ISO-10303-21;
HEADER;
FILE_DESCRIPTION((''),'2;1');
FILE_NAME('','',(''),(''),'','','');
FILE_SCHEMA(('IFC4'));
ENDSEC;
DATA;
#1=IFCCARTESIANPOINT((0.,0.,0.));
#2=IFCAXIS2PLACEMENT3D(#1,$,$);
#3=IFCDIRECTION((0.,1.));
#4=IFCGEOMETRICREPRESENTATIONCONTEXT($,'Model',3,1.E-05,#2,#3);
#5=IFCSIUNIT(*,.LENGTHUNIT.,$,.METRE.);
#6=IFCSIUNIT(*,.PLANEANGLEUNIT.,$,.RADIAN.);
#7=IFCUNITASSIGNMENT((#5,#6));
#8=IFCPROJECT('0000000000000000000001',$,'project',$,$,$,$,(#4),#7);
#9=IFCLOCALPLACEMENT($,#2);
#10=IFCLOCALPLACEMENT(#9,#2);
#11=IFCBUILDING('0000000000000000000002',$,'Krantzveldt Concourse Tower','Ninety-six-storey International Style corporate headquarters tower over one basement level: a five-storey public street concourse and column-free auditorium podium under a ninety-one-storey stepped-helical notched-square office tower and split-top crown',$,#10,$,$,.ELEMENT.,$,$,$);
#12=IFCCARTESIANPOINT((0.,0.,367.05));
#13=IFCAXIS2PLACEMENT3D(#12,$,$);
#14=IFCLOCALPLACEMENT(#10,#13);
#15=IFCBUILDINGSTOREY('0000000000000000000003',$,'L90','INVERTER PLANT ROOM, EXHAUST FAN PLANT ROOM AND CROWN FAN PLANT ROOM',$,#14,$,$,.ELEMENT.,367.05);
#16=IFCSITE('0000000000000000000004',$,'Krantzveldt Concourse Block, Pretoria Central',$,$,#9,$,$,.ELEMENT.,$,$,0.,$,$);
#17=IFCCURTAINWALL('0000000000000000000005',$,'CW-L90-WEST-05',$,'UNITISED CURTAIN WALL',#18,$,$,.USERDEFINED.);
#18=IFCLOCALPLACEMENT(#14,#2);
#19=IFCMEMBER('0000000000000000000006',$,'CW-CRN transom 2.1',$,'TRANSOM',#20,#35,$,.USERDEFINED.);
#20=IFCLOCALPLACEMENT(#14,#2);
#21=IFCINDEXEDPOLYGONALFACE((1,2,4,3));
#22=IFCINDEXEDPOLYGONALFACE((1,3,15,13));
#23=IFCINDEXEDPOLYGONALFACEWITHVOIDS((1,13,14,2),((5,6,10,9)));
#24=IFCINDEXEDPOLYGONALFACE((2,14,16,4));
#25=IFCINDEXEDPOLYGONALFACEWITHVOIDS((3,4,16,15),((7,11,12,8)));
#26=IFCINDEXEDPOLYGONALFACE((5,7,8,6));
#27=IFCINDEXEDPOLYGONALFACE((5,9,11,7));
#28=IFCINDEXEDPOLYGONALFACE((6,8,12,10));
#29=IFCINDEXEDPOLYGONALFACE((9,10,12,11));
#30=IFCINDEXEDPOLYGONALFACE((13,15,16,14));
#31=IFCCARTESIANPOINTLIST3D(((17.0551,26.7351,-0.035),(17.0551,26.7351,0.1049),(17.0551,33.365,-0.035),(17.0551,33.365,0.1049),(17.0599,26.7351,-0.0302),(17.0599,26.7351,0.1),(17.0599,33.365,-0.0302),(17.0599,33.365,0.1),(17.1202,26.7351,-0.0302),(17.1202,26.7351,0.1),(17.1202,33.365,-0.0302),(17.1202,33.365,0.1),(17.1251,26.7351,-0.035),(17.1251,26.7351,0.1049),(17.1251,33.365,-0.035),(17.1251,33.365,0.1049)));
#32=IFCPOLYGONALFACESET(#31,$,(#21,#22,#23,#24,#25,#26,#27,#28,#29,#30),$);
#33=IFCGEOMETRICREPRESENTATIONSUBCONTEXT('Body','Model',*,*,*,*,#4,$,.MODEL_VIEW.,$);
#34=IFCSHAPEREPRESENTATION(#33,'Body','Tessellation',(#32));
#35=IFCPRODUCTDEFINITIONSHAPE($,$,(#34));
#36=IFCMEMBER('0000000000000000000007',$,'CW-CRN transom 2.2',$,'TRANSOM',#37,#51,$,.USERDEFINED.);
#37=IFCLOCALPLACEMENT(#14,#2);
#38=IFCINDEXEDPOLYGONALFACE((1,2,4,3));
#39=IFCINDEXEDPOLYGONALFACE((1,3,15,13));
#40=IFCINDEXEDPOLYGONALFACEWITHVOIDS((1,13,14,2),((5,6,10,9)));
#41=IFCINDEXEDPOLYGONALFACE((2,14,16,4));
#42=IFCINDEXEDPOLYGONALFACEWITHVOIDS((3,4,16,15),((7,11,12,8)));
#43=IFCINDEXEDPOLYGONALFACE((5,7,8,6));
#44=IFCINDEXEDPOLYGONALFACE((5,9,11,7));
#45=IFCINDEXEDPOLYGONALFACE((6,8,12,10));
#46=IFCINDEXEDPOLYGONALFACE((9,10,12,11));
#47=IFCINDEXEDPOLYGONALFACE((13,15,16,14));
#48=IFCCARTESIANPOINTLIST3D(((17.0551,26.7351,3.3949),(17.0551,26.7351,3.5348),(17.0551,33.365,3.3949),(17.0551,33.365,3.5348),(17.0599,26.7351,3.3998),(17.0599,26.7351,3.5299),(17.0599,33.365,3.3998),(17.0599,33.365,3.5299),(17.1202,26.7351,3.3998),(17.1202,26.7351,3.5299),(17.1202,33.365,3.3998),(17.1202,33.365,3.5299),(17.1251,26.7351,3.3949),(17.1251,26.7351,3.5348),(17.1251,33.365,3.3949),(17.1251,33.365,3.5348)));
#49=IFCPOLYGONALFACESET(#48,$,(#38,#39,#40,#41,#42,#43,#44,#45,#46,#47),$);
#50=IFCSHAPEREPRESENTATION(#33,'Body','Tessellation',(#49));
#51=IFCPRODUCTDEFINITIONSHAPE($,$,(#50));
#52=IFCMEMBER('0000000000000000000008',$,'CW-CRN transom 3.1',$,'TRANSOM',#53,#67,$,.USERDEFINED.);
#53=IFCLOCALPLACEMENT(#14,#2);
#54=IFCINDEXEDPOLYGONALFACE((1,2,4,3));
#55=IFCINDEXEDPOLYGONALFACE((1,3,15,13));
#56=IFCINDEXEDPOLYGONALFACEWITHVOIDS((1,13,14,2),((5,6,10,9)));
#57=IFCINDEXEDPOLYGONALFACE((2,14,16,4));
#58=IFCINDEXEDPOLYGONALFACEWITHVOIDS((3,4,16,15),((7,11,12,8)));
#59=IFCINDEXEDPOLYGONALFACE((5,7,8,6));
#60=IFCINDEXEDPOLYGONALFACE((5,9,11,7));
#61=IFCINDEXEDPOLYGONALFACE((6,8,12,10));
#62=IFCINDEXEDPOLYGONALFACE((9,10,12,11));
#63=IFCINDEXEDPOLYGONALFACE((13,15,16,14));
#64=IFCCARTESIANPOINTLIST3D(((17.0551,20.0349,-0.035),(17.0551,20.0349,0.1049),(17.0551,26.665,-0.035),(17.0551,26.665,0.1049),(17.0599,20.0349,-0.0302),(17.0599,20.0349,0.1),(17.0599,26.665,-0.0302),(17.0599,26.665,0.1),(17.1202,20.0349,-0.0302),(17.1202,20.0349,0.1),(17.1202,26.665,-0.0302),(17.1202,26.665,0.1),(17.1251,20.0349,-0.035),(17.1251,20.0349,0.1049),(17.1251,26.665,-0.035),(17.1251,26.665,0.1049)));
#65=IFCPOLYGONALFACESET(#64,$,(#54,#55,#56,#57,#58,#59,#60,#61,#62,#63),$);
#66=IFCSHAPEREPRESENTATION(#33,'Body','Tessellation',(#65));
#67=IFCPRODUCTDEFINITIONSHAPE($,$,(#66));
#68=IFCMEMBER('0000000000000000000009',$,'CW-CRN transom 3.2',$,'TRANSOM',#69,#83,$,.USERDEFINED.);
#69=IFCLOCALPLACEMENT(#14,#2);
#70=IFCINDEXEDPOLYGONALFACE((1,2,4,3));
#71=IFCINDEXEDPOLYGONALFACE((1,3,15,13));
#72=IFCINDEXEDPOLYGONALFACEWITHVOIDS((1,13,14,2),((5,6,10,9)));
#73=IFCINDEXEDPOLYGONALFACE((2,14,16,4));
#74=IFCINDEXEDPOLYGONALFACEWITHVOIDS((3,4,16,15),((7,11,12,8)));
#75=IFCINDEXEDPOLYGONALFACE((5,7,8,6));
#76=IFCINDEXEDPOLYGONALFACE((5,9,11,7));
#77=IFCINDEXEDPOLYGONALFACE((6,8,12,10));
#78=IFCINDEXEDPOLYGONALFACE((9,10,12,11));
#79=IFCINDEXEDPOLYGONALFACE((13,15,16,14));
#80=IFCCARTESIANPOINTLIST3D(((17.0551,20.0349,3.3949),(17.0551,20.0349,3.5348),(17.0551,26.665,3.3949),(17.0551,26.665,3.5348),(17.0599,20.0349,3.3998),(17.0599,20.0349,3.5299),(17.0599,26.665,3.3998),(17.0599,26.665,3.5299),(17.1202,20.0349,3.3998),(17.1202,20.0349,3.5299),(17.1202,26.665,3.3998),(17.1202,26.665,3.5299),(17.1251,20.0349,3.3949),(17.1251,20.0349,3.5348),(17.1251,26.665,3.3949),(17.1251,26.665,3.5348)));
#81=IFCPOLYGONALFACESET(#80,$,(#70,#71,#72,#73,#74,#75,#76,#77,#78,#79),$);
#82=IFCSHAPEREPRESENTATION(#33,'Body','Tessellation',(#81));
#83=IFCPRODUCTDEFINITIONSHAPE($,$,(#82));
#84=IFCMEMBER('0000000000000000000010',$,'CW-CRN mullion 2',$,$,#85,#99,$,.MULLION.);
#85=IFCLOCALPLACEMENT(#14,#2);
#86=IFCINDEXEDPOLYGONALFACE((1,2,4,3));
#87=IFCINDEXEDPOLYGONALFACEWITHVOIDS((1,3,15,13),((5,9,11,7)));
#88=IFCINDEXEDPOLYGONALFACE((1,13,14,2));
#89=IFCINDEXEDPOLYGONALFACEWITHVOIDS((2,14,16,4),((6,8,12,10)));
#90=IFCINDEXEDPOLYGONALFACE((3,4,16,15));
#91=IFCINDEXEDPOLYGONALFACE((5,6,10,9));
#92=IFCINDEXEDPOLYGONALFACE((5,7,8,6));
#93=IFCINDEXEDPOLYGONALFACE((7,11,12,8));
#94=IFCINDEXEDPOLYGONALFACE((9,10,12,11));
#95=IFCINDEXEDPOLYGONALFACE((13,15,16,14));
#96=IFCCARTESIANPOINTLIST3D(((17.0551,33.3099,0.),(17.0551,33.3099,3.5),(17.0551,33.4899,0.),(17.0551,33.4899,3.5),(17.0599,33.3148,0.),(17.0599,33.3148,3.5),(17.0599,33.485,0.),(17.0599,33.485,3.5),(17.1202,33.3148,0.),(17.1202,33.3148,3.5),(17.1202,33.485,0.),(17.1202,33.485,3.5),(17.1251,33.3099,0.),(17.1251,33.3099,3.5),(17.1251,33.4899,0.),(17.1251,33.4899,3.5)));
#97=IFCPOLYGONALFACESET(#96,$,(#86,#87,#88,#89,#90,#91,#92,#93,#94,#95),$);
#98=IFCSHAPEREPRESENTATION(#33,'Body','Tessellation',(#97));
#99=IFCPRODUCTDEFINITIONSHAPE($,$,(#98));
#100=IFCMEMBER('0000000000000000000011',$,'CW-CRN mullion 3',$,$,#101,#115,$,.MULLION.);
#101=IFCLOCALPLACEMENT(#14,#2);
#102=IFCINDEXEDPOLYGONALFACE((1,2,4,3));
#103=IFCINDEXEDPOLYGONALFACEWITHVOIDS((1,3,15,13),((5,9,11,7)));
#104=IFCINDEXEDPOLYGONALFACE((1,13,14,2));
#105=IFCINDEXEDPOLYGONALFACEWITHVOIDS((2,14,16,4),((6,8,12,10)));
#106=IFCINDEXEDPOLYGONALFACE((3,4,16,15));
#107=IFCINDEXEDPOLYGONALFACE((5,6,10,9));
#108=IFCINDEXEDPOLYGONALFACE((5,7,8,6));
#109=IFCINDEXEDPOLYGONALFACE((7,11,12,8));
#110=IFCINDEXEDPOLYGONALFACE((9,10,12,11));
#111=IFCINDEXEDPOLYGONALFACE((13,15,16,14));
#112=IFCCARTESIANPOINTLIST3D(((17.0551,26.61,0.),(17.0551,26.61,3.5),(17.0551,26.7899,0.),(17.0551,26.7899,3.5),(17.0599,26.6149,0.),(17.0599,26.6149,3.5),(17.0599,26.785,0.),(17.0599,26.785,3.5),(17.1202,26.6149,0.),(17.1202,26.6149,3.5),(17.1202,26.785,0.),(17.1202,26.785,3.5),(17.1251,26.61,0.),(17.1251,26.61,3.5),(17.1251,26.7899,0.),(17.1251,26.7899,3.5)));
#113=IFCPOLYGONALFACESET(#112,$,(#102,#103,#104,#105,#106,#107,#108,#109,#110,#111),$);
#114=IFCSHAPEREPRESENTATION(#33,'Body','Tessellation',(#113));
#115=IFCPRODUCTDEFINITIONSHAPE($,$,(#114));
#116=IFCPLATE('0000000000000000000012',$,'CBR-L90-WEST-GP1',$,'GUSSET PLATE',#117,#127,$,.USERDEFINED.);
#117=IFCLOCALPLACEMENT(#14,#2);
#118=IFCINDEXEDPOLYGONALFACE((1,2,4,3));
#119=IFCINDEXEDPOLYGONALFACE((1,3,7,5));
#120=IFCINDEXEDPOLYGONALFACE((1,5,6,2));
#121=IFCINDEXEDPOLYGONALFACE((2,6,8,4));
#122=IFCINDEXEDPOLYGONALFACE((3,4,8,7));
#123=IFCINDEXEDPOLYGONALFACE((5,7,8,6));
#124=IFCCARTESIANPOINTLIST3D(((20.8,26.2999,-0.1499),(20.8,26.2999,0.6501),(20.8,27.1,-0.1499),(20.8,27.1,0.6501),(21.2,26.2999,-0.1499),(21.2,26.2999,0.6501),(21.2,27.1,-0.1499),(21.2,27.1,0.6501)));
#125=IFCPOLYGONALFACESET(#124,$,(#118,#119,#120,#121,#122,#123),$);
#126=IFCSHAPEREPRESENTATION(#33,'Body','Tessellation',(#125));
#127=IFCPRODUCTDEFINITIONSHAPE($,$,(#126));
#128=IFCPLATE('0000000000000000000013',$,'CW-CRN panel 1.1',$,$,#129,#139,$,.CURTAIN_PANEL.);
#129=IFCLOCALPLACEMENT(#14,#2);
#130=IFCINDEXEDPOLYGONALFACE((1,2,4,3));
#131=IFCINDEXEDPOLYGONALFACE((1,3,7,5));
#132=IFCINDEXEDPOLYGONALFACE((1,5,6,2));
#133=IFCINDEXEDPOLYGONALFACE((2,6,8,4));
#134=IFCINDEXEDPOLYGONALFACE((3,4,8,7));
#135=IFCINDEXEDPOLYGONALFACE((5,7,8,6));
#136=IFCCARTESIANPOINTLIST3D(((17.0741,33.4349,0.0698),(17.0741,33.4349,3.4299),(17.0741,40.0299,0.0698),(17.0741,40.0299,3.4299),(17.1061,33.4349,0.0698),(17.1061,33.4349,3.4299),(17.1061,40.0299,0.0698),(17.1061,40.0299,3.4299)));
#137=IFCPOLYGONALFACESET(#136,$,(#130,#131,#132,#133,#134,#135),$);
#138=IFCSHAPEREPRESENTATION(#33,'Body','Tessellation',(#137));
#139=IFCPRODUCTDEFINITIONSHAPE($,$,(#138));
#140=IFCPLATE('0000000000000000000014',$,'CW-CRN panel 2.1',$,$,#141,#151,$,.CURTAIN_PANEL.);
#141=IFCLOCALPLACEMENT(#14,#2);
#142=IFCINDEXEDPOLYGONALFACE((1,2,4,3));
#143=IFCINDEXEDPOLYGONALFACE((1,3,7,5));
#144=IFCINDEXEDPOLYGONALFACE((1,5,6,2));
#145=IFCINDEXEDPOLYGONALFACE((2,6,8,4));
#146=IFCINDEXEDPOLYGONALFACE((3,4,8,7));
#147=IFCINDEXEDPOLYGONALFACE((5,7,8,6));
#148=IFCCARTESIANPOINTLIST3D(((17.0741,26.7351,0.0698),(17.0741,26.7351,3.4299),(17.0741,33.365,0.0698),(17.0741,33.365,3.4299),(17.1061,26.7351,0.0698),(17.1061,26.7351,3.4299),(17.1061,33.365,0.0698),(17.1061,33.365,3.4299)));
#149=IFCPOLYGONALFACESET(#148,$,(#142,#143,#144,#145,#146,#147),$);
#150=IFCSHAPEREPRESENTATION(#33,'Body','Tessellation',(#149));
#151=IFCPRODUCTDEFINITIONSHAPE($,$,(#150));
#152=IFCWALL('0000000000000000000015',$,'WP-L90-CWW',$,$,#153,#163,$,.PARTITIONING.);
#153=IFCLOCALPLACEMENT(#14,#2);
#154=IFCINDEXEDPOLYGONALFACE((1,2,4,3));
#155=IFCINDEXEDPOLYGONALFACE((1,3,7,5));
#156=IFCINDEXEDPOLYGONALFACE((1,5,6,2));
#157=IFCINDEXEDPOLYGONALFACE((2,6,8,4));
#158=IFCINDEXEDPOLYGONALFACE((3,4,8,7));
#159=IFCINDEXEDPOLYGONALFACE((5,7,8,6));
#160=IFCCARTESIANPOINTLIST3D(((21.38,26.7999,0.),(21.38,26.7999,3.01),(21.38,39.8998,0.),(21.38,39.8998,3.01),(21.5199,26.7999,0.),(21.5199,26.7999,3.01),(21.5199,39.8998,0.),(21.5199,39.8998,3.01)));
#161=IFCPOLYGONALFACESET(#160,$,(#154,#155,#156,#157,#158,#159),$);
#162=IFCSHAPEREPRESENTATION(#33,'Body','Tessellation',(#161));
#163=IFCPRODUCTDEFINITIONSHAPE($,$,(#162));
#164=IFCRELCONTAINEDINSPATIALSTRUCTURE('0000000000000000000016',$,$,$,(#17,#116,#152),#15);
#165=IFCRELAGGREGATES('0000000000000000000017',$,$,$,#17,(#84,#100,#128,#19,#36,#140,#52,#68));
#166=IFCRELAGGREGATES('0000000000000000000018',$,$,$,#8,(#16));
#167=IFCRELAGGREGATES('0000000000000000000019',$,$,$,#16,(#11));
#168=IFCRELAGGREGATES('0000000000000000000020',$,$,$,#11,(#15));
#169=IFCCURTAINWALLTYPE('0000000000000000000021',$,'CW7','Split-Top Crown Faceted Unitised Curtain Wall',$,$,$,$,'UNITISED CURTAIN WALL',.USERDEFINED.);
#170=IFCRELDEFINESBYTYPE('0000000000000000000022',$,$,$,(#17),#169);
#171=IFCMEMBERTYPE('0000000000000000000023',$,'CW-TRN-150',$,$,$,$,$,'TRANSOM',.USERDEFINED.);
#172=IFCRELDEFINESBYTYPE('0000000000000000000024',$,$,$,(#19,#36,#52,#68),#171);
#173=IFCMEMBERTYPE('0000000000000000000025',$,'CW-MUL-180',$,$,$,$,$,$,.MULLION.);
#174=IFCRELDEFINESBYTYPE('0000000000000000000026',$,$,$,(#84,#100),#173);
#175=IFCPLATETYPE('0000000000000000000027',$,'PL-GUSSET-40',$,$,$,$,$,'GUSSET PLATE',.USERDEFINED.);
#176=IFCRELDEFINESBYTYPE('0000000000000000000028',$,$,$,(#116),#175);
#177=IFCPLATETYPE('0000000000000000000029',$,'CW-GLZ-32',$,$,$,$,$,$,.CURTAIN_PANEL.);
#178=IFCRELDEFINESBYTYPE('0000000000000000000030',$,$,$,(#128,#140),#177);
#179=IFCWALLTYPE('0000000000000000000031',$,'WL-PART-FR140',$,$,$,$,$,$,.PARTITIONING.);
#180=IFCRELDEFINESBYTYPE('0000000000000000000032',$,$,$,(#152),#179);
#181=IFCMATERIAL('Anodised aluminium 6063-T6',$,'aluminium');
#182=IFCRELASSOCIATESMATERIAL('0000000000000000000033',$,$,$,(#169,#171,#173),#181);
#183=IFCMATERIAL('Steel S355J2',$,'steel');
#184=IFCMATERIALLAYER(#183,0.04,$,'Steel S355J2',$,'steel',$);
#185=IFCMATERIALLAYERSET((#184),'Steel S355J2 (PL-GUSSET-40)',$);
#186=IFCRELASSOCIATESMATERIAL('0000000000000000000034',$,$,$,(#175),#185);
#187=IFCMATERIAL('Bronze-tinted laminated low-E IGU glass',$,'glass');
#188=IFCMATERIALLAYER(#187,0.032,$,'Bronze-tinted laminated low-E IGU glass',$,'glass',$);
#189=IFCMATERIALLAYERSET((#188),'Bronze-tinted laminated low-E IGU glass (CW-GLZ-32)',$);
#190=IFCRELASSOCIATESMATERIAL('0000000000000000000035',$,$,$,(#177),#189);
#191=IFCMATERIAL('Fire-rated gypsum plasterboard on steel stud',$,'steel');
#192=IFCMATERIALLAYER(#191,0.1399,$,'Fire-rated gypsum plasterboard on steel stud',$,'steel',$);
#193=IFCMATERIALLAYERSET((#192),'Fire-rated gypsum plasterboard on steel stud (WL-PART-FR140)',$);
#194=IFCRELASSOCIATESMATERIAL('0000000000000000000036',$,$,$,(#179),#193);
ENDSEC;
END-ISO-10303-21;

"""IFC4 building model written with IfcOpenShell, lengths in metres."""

from ifc_helpers import new_model, si_unit, direction, frame, frame_2d, origin, origin_2d, place, context, subcontext, project, spatial, rectangle, hollow_rectangle, extrude, source, transform, mapped, material, layer, layer_set, material_profile, profile_set, type_object, type_shapes, element, aggregate, save


model = new_model("IFC4")

# Units and contexts
model_context = context("Model", 3, precision=1e-05, world=origin(), true_north=direction((0.0, 1.0)))
body_context = subcontext(model_context, "Body", "Model", "MODEL_VIEW")
ifc_project = project(units=[si_unit("LENGTHUNIT", "METRE"), si_unit("PLANEANGLEUNIT", "RADIAN")], contexts=[model_context])

# Site, building, storey
site_placement = place(None, origin())
site = spatial("IfcSite", under=ifc_project, at=site_placement, Name="Krantzveldt Concourse Block, Pretoria Central", CompositionType="ELEMENT", RefElevation=0.0)
building_placement = place(site_placement, origin())
building = spatial("IfcBuilding", under=site, at=building_placement, Name="Krantzveldt Concourse Tower", Description="Ninety-six-storey International Style corporate headquarters tower over one basement level: a five-storey public street concourse and column-free auditorium podium under a ninety-one-storey stepped-helical notched-square office tower and split-top crown", CompositionType="ELEMENT")
storey_placement = place(building_placement, frame((0.0, 0.0, 367.05)))
storey = spatial("IfcBuildingStorey", under=building, at=storey_placement, Name="L90", Description="INVERTER PLANT ROOM, EXHAUST FAN PLANT ROOM AND CROWN FAN PLANT ROOM", CompositionType="ELEMENT", Elevation=367.05)

# Shared definitions
ifc_material_1 = material(Name="Steel S355J2", Category="steel")

# Curtain wall, members
ifc_material_2 = material(Name="Anodised aluminium 6063-T6", Category="aluminium")
curtain_wall_type = type_object("IfcCurtainWallType", Name="CW7", Description="Split-Top Crown Faceted Unitised Curtain Wall", ElementType="UNITISED CURTAIN WALL", PredefinedType="USERDEFINED", material=ifc_material_2)
curtain_wall_placement = place(storey_placement, origin())
curtain_wall = element("IfcCurtainWall", 1, at=curtain_wall_placement, inside=storey, type_object=curtain_wall_type, Name="CW-L90-WEST-05", ObjectType="UNITISED CURTAIN WALL", PredefinedType="USERDEFINED")
ifc_material_profile_1 = material_profile(ifc_material_2, hollow_rectangle(XDim=0.0701, YDim=0.1399, WallThickness=0.0049, at=origin_2d()), Name="Anodised aluminium 6063-T6", Category="aluminium")
ifc_profile_set_1 = profile_set([ifc_material_profile_1], Name="Anodised aluminium 6063-T6 - ALU-TRAN 140x70x5")
member_type_1 = type_object("IfcMemberType", Name="CW-TRN-150", ElementType="TRANSOM", PredefinedType="USERDEFINED", material=ifc_profile_set_1)
shared_shape_1 = source(origin(), body_context, "Body", "SweptSolid", [
    extrude(hollow_rectangle(XDim=0.0701, YDim=0.1399, WallThickness=0.0049, at=origin_2d()), origin(), (0.0, 0.0, 1.0), 6.6299),
])
member_1_placement = place(storey_placement, frame((17.0901, 33.365, 0.0349), z_axis=(0.0, -1.0, 0.0), x_axis=(1.0, 0.0, 0.0)))
member_1 = element("IfcMember", 2, at=member_1_placement, type_object=member_type_1, Name="CW-CRN transom 2.1", ObjectType="TRANSOM", PredefinedType="USERDEFINED", context=body_context, shape_type="MappedRepresentation", body=[
    mapped(shared_shape_1, transform((0.0, 0.0, 0.0), x_axis=(1.0, 0.0, 0.0), y_axis=(0.0, 1.0, 0.0), z_axis=(0.0, 0.0, 1.0), scale=1.0)),
])
member_2_placement = place(storey_placement, frame((17.0901, 33.365, 3.4648), z_axis=(0.0, -1.0, 0.0), x_axis=(1.0, 0.0, 0.0)))
member_2 = element("IfcMember", 3, at=member_2_placement, type_object=member_type_1, Name="CW-CRN transom 2.2", ObjectType="TRANSOM", PredefinedType="USERDEFINED", context=body_context, shape_type="MappedRepresentation", body=[
    mapped(shared_shape_1, transform((0.0, 0.0, 0.0), x_axis=(1.0, 0.0, 0.0), y_axis=(0.0, 1.0, 0.0), z_axis=(0.0, 0.0, 1.0), scale=1.0)),
])
shared_shape_2 = source(origin(), body_context, "Body", "SweptSolid", [
    extrude(hollow_rectangle(XDim=0.0701, YDim=0.1399, WallThickness=0.0049, at=origin_2d()), origin(), (0.0, 0.0, 1.0), 6.6301),
])
type_shapes(member_type_1, [shared_shape_1, shared_shape_2])
member_3_placement = place(storey_placement, frame((17.0901, 26.665, 0.0349), z_axis=(0.0, -1.0, 0.0), x_axis=(1.0, 0.0, 0.0)))
member_3 = element("IfcMember", 4, at=member_3_placement, type_object=member_type_1, Name="CW-CRN transom 3.1", ObjectType="TRANSOM", PredefinedType="USERDEFINED", context=body_context, shape_type="MappedRepresentation", body=[
    mapped(shared_shape_2, transform((0.0, 0.0, 0.0), x_axis=(1.0, 0.0, 0.0), y_axis=(0.0, 1.0, 0.0), z_axis=(0.0, 0.0, 1.0), scale=1.0)),
])
member_4_placement = place(storey_placement, frame((17.0901, 26.665, 3.4648), z_axis=(0.0, -1.0, 0.0), x_axis=(1.0, 0.0, 0.0)))
member_4 = element("IfcMember", 5, at=member_4_placement, type_object=member_type_1, Name="CW-CRN transom 3.2", ObjectType="TRANSOM", PredefinedType="USERDEFINED", context=body_context, shape_type="MappedRepresentation", body=[
    mapped(shared_shape_2, transform((0.0, 0.0, 0.0), x_axis=(1.0, 0.0, 0.0), y_axis=(0.0, 1.0, 0.0), z_axis=(0.0, 0.0, 1.0), scale=1.0)),
])
ifc_material_profile_2 = material_profile(ifc_material_2, hollow_rectangle(XDim=0.0701, YDim=0.1799, WallThickness=0.0049, at=origin_2d()), Name="Anodised aluminium 6063-T6", Category="aluminium")
ifc_profile_set_2 = profile_set([ifc_material_profile_2], Name="Anodised aluminium 6063-T6 - ALU-MULL 180x70x5")
member_type_2 = type_object("IfcMemberType", Name="CW-MUL-180", PredefinedType="MULLION", material=ifc_profile_set_2)
shared_shape_3 = source(origin(), body_context, "Body", "SweptSolid", [
    extrude(hollow_rectangle(XDim=0.0701, YDim=0.1799, WallThickness=0.0049, at=origin_2d()), origin(), (0.0, 0.0, 1.0), 3.5),
])
type_shapes(member_type_2, [shared_shape_3])
member_5_placement = place(storey_placement, frame((17.0901, 33.3999, 0.0), z_axis=(0.0, 0.0, 1.0), x_axis=(1.0, 0.0, 0.0)))
member_5 = element("IfcMember", 6, at=member_5_placement, type_object=member_type_2, Name="CW-CRN mullion 2", PredefinedType="MULLION", context=body_context, shape_type="MappedRepresentation", body=[
    mapped(shared_shape_3, transform((0.0, 0.0, 0.0), x_axis=(1.0, 0.0, 0.0), y_axis=(0.0, 1.0, 0.0), z_axis=(0.0, 0.0, 1.0), scale=1.0)),
])
member_6_placement = place(storey_placement, frame((17.0901, 26.7, 0.0), z_axis=(0.0, 0.0, 1.0), x_axis=(1.0, 0.0, 0.0)))
member_6 = element("IfcMember", 7, at=member_6_placement, type_object=member_type_2, Name="CW-CRN mullion 3", PredefinedType="MULLION", context=body_context, shape_type="MappedRepresentation", body=[
    mapped(shared_shape_3, transform((0.0, 0.0, 0.0), x_axis=(1.0, 0.0, 0.0), y_axis=(0.0, 1.0, 0.0), z_axis=(0.0, 0.0, 1.0), scale=1.0)),
])

# Plates
ifc_layer_1 = layer(ifc_material_1, 0.04, Name="Steel S355J2", Category="steel")
ifc_layer_set_1 = layer_set([ifc_layer_1], Name="Steel S355J2 (PL-GUSSET-40)")
plate_type_1 = type_object("IfcPlateType", Name="PL-GUSSET-40", ElementType="GUSSET PLATE", PredefinedType="USERDEFINED", material=ifc_layer_set_1)
shared_shape_4 = source(origin(), body_context, "Body", "SweptSolid", [
    extrude(rectangle(XDim=0.3999, YDim=0.8, at=origin_2d()), origin(), (0.0, 0.0, 1.0), 0.8),
])
type_shapes(plate_type_1, [shared_shape_4])
plate_1_placement = place(storey_placement, frame((21.0, 26.7, -0.1499), z_axis=(0.0, 0.0, 1.0), x_axis=(1.0, 0.0, 0.0)))
element("IfcPlate", 8, at=plate_1_placement, inside=storey, type_object=plate_type_1, Name="CBR-L90-WEST-GP1", ObjectType="GUSSET PLATE", PredefinedType="USERDEFINED", context=body_context, shape_type="MappedRepresentation", body=[
    mapped(shared_shape_4, transform((0.0, 0.0, 0.0), x_axis=(1.0, 0.0, 0.0), y_axis=(0.0, 1.0, 0.0), z_axis=(0.0, 0.0, 1.0), scale=1.0)),
])
ifc_material_3 = material(Name="Bronze-tinted laminated low-E IGU glass", Category="glass")
ifc_layer_2 = layer(ifc_material_3, 0.032, Name="Bronze-tinted laminated low-E IGU glass", Category="glass")
ifc_layer_set_2 = layer_set([ifc_layer_2], Name="Bronze-tinted laminated low-E IGU glass (CW-GLZ-32)")
plate_type_2 = type_object("IfcPlateType", Name="CW-GLZ-32", PredefinedType="CURTAIN_PANEL", material=ifc_layer_set_2)
shared_shape_5 = source(origin(), body_context, "Body", "SweptSolid", [
    extrude(rectangle(XDim=6.595, YDim=0.032, at=origin_2d()), origin(), (0.0, 0.0, 1.0), 3.3601),
])
plate_2_placement = place(storey_placement, frame((17.0901, 36.7324, 0.0698), z_axis=(0.0, 0.0, 1.0), x_axis=(0.0, -1.0, 0.0)))
plate_2 = element("IfcPlate", 9, at=plate_2_placement, type_object=plate_type_2, Name="CW-CRN panel 1.1", PredefinedType="CURTAIN_PANEL", context=body_context, shape_type="MappedRepresentation", body=[
    mapped(shared_shape_5, transform((0.0, 0.0, 0.0), x_axis=(1.0, 0.0, 0.0), y_axis=(0.0, 1.0, 0.0), z_axis=(0.0, 0.0, 1.0), scale=1.0)),
])
shared_shape_6 = source(origin(), body_context, "Body", "SweptSolid", [
    extrude(rectangle(XDim=6.6299, YDim=0.032, at=origin_2d()), origin(), (0.0, 0.0, 1.0), 3.3601),
])
type_shapes(plate_type_2, [shared_shape_5, shared_shape_6])
plate_3_placement = place(storey_placement, frame((17.0901, 30.05, 0.0698), z_axis=(0.0, 0.0, 1.0), x_axis=(0.0, -1.0, 0.0)))
plate_3 = element("IfcPlate", 10, at=plate_3_placement, type_object=plate_type_2, Name="CW-CRN panel 2.1", PredefinedType="CURTAIN_PANEL", context=body_context, shape_type="MappedRepresentation", body=[
    mapped(shared_shape_6, transform((0.0, 0.0, 0.0), x_axis=(1.0, 0.0, 0.0), y_axis=(0.0, 1.0, 0.0), z_axis=(0.0, 0.0, 1.0), scale=1.0)),
])
aggregate(curtain_wall, [member_5, member_6, plate_2, member_1, member_2, plate_3, member_3, member_4])

# Wall
ifc_material_4 = material(Name="Fire-rated gypsum plasterboard on steel stud", Category="steel")
ifc_layer_3 = layer(ifc_material_4, 0.1399, Name="Fire-rated gypsum plasterboard on steel stud", Category="steel")
ifc_layer_set_3 = layer_set([ifc_layer_3], Name="Fire-rated gypsum plasterboard on steel stud (WL-PART-FR140)")
wall_type = type_object("IfcWallType", Name="WL-PART-FR140", PredefinedType="PARTITIONING", material=ifc_layer_set_3)
wall_placement = place(storey_placement, frame((21.45, 26.8, 0.0), z_axis=(0.0, 0.0, 1.0), x_axis=(0.0, 1.0, 0.0)))
element("IfcWall", 11, at=wall_placement, inside=storey, type_object=wall_type, Name="WP-L90-CWW", PredefinedType="PARTITIONING", context=body_context, shape_type="SweptSolid", body=[
    extrude(rectangle(XDim=13.0999, YDim=0.1399, at=frame_2d((6.5498, 0.0))), origin(), (0.0, 0.0, 1.0), 3.01),
])

save(model, "model.ifc")
